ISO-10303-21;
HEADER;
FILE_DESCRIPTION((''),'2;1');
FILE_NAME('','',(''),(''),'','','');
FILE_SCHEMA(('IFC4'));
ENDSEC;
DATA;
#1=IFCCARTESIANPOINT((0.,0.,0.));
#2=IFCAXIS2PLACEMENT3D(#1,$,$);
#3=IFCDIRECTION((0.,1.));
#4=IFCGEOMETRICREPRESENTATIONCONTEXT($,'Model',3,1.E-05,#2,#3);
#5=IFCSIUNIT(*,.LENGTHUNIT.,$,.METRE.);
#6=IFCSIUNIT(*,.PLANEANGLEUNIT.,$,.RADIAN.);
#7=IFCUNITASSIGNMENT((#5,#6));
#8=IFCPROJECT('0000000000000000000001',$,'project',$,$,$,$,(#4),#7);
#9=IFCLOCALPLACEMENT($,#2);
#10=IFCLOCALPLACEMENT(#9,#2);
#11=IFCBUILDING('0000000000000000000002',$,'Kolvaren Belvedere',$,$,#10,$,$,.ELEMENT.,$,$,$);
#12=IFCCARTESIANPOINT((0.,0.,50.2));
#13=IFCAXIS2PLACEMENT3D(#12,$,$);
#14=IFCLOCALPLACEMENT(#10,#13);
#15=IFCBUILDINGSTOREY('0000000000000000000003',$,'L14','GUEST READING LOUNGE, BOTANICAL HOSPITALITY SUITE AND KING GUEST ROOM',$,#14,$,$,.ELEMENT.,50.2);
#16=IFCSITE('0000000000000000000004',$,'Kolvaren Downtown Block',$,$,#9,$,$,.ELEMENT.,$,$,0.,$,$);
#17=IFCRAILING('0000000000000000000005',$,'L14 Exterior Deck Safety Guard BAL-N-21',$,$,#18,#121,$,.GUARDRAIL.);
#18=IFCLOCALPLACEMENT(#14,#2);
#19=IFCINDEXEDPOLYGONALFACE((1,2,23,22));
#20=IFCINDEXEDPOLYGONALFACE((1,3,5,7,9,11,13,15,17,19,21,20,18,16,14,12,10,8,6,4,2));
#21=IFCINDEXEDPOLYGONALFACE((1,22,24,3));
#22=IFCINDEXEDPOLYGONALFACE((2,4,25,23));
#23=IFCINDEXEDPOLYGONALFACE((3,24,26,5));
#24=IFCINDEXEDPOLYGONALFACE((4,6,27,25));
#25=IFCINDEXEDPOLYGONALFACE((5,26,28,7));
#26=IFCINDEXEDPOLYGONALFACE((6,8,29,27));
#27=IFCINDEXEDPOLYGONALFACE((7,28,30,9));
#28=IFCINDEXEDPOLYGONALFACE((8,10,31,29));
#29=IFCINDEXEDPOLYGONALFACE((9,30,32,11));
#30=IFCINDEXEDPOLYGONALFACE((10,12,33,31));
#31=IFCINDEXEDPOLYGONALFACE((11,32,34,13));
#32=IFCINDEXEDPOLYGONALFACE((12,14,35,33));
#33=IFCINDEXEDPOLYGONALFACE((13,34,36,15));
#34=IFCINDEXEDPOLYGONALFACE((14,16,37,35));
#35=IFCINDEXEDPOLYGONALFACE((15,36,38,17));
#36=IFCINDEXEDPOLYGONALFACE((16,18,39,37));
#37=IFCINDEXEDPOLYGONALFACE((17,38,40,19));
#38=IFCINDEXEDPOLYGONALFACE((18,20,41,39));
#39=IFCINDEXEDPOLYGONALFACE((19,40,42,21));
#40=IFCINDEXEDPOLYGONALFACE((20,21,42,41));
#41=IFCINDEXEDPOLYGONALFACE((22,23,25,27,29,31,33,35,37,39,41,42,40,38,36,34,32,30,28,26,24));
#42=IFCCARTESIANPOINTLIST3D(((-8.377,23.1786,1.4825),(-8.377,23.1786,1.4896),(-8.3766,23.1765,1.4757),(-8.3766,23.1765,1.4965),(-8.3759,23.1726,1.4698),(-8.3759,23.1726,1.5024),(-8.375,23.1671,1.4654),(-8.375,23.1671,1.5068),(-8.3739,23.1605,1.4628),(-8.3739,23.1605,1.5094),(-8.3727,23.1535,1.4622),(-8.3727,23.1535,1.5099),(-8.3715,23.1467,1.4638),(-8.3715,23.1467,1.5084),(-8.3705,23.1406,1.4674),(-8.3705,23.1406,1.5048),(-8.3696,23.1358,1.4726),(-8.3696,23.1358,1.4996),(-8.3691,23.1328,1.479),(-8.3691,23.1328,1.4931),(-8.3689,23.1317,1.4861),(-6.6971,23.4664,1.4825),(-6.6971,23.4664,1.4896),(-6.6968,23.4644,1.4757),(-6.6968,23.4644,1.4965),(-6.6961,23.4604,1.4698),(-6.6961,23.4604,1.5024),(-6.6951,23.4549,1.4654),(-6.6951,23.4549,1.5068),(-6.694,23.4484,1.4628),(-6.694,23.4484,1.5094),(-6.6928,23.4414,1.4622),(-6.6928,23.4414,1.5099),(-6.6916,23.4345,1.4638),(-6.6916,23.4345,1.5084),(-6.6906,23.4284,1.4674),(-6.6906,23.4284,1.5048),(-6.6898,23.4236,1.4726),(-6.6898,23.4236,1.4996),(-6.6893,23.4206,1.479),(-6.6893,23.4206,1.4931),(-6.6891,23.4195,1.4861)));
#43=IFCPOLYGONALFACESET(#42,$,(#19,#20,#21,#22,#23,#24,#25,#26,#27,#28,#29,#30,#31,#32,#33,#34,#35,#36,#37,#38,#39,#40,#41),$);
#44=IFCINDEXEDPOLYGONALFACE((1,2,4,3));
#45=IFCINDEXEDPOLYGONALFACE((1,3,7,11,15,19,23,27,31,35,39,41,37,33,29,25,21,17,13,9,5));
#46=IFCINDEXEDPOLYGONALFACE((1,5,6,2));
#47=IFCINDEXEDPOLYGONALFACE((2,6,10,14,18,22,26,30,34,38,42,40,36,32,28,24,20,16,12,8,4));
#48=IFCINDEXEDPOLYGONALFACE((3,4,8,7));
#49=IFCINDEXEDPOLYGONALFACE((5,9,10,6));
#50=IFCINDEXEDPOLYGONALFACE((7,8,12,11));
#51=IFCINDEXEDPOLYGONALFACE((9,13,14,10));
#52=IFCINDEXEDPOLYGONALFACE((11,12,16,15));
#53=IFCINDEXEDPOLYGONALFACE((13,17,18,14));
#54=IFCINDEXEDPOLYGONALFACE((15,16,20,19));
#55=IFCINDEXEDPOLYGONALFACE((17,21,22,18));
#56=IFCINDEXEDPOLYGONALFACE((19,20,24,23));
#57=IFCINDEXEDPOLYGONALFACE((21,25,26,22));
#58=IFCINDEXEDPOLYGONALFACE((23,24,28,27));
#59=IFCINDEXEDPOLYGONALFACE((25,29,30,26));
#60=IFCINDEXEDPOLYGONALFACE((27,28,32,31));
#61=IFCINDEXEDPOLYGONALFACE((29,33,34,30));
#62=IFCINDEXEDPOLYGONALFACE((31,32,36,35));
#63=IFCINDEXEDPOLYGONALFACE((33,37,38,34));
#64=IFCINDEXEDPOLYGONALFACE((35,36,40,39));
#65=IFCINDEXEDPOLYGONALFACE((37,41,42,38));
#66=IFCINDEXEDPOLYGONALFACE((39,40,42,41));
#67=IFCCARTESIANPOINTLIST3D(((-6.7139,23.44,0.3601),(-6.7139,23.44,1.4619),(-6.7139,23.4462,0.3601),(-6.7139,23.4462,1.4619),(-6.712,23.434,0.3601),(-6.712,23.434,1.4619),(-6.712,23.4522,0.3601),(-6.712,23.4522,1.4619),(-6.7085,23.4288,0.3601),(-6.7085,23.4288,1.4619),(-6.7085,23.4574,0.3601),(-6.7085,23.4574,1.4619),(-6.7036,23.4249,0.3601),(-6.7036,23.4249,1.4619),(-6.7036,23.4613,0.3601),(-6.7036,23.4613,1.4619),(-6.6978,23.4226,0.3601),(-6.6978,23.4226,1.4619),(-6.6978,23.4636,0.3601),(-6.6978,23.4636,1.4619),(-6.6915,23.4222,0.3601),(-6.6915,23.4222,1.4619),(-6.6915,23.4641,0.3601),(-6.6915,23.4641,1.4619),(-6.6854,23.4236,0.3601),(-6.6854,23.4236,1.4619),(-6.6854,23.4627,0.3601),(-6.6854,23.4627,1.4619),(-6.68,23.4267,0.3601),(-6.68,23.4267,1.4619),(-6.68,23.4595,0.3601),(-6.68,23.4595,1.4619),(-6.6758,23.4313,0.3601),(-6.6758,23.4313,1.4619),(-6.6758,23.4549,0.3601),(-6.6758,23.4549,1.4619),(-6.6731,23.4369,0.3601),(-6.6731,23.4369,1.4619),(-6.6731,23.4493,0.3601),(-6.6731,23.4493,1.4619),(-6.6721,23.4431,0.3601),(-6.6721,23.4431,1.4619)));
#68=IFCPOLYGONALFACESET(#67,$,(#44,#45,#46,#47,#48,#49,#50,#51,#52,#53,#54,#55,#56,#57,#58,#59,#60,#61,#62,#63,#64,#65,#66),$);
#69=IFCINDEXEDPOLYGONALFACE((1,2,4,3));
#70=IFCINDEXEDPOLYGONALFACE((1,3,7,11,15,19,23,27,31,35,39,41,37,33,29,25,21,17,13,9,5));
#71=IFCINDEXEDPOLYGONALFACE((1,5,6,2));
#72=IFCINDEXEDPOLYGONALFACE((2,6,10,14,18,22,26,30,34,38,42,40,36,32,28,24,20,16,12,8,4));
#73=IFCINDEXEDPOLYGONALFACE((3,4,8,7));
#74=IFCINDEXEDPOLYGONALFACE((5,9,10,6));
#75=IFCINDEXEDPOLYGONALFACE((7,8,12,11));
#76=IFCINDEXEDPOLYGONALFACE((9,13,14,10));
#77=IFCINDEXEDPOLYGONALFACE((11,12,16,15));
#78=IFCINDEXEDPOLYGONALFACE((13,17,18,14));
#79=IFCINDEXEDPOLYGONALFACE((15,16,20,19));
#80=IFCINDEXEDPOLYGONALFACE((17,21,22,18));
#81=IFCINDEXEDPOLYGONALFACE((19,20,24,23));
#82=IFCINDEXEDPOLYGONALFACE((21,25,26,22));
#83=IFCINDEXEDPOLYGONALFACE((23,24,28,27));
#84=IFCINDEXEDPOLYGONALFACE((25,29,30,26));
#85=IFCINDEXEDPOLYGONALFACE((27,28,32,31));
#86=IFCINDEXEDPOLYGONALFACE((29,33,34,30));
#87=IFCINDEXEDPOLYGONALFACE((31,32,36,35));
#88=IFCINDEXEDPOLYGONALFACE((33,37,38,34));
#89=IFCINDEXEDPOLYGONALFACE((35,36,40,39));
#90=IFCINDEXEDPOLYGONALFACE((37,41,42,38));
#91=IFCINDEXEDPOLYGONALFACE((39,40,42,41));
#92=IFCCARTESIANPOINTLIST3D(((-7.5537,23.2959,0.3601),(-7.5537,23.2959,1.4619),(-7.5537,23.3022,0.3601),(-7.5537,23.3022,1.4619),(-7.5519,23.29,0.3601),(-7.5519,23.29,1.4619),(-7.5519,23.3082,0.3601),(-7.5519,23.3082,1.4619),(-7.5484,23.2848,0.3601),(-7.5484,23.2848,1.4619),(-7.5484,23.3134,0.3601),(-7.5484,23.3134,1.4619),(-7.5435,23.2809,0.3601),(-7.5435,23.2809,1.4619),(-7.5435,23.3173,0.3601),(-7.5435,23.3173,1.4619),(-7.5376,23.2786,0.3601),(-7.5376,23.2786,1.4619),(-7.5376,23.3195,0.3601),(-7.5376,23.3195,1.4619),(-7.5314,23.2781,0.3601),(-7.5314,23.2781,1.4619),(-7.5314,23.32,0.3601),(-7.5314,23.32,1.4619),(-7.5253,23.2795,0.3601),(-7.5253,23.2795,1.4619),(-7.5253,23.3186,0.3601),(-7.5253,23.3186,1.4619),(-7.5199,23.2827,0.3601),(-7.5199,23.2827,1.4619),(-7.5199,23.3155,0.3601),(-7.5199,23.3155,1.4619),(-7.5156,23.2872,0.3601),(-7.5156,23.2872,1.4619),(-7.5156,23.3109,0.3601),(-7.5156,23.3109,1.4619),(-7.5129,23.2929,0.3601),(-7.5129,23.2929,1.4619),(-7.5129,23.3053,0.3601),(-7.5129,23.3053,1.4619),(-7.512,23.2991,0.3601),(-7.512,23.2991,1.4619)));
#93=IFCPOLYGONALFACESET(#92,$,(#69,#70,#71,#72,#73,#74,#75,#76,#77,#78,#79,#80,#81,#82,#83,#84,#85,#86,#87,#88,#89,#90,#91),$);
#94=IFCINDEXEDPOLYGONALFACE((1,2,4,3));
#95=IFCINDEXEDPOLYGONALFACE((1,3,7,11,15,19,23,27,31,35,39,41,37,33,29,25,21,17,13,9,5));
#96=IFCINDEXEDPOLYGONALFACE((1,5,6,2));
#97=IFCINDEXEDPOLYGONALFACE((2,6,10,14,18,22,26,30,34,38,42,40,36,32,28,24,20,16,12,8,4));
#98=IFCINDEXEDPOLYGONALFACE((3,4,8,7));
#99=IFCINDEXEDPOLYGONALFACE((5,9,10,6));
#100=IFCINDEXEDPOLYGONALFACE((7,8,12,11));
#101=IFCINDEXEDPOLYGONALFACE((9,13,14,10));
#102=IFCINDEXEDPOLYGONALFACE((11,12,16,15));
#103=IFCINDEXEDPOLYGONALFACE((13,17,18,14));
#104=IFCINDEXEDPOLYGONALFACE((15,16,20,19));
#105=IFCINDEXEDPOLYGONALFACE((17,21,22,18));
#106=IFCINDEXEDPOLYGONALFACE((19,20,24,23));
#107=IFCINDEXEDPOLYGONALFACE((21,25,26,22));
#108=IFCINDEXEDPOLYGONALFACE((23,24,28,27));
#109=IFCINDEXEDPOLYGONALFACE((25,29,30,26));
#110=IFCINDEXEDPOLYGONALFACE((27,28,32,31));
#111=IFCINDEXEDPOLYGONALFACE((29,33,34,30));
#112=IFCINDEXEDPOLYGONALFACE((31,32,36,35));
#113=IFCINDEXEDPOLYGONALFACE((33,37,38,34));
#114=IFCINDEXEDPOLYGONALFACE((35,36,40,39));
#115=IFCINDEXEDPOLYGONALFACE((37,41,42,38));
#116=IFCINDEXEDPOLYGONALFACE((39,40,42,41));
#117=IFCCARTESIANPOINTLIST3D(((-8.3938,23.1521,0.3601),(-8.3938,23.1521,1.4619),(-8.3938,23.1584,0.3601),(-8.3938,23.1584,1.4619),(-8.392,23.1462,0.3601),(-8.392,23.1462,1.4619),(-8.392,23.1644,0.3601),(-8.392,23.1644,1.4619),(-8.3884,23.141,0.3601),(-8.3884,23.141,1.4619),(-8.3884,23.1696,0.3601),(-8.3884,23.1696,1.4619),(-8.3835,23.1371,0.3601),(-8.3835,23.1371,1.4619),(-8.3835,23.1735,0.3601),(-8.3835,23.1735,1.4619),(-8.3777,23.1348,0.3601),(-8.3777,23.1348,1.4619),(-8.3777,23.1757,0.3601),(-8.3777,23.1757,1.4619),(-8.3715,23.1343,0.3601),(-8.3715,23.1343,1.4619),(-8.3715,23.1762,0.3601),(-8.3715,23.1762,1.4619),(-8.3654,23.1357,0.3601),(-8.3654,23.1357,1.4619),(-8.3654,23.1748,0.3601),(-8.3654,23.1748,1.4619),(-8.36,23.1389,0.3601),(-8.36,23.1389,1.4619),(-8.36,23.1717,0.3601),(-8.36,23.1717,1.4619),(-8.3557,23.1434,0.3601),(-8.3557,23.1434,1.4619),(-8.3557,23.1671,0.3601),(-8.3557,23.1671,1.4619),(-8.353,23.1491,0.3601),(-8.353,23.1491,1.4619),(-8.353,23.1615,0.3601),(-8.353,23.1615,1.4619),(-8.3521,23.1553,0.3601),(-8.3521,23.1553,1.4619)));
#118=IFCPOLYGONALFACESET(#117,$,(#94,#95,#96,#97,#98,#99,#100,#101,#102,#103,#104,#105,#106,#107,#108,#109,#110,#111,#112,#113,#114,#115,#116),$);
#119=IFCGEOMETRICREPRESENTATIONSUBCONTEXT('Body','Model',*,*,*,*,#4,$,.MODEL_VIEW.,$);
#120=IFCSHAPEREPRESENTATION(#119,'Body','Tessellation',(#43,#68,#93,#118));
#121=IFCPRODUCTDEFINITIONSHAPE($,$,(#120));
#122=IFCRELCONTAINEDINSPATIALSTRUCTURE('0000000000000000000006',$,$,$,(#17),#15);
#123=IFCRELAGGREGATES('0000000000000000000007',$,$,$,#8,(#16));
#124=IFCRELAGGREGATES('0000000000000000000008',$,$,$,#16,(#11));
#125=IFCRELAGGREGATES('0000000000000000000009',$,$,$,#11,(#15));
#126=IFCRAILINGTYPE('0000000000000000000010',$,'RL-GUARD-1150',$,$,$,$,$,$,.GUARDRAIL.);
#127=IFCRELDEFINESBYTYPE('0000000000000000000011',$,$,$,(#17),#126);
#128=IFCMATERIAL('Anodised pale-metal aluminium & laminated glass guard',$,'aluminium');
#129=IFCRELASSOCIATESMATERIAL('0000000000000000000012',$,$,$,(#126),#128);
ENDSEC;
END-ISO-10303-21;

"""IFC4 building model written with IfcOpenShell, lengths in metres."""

from ifc_helpers import new_model, si_unit, direction, frame, origin, origin_2d, place, context, subcontext, project, spatial, circle, extrude, material, type_object, element, save


model = new_model("IFC4")

# Units and contexts
model_context = context("Model", 3, precision=1e-05, world=origin(), true_north=direction((0.0, 1.0)))
body_context = subcontext(model_context, "Body", "Model", "MODEL_VIEW")
ifc_project = project(units=[si_unit("LENGTHUNIT", "METRE"), si_unit("PLANEANGLEUNIT", "RADIAN")], contexts=[model_context])

# Site, building, storey
site_placement = place(None, origin())
site = spatial("IfcSite", under=ifc_project, at=site_placement, Name="Kolvaren Downtown Block", CompositionType="ELEMENT", RefElevation=0.0)
building_placement = place(site_placement, origin())
building = spatial("IfcBuilding", under=site, at=building_placement, Name="Kolvaren Belvedere", CompositionType="ELEMENT")
storey_placement = place(building_placement, frame((0.0, 0.0, 50.2)))
storey = spatial("IfcBuildingStorey", under=building, at=storey_placement, Name="L14", Description="GUEST READING LOUNGE, BOTANICAL HOSPITALITY SUITE AND KING GUEST ROOM", CompositionType="ELEMENT", Elevation=50.2)

# Railing
ifc_material_1 = material(Name="Anodised pale-metal aluminium & laminated glass guard", Category="aluminium")
railing_type = type_object("IfcRailingType", Name="RL-GUARD-1150", PredefinedType="GUARDRAIL", material=ifc_material_1)
railing_1_placement = place(storey_placement, frame((-6.6931, 23.4431, 0.3601)))
element("IfcRailing", 1, at=railing_1_placement, inside=storey, type_object=railing_type, Name="L14 Exterior Deck Safety Guard BAL-N-21", PredefinedType="GUARDRAIL", context=body_context, shape_type="SweptSolid", body=[
    extrude(circle(Radius=0.0239, at=origin_2d()), frame((0.0, 0.0, 1.126), z_axis=(-0.985637, -0.16888, 0.0), x_axis=(0.16888, -0.985637, 0.0)), (0.0, 0.0, 1.0), 1.7043),
    extrude(circle(Radius=0.021, at=origin_2d()), origin(), (0.0, 0.0, 1.0), 1.1018),
    extrude(circle(Radius=0.021, at=origin_2d()), frame((-0.8398, -0.144, 0.0)), (0.0, 0.0, 1.0), 1.1018),
    extrude(circle(Radius=0.021, at=origin_2d()), frame((-1.6799, -0.2878, 0.0)), (0.0, 0.0, 1.0), 1.1018),
])

save(model, "model.ifc")
